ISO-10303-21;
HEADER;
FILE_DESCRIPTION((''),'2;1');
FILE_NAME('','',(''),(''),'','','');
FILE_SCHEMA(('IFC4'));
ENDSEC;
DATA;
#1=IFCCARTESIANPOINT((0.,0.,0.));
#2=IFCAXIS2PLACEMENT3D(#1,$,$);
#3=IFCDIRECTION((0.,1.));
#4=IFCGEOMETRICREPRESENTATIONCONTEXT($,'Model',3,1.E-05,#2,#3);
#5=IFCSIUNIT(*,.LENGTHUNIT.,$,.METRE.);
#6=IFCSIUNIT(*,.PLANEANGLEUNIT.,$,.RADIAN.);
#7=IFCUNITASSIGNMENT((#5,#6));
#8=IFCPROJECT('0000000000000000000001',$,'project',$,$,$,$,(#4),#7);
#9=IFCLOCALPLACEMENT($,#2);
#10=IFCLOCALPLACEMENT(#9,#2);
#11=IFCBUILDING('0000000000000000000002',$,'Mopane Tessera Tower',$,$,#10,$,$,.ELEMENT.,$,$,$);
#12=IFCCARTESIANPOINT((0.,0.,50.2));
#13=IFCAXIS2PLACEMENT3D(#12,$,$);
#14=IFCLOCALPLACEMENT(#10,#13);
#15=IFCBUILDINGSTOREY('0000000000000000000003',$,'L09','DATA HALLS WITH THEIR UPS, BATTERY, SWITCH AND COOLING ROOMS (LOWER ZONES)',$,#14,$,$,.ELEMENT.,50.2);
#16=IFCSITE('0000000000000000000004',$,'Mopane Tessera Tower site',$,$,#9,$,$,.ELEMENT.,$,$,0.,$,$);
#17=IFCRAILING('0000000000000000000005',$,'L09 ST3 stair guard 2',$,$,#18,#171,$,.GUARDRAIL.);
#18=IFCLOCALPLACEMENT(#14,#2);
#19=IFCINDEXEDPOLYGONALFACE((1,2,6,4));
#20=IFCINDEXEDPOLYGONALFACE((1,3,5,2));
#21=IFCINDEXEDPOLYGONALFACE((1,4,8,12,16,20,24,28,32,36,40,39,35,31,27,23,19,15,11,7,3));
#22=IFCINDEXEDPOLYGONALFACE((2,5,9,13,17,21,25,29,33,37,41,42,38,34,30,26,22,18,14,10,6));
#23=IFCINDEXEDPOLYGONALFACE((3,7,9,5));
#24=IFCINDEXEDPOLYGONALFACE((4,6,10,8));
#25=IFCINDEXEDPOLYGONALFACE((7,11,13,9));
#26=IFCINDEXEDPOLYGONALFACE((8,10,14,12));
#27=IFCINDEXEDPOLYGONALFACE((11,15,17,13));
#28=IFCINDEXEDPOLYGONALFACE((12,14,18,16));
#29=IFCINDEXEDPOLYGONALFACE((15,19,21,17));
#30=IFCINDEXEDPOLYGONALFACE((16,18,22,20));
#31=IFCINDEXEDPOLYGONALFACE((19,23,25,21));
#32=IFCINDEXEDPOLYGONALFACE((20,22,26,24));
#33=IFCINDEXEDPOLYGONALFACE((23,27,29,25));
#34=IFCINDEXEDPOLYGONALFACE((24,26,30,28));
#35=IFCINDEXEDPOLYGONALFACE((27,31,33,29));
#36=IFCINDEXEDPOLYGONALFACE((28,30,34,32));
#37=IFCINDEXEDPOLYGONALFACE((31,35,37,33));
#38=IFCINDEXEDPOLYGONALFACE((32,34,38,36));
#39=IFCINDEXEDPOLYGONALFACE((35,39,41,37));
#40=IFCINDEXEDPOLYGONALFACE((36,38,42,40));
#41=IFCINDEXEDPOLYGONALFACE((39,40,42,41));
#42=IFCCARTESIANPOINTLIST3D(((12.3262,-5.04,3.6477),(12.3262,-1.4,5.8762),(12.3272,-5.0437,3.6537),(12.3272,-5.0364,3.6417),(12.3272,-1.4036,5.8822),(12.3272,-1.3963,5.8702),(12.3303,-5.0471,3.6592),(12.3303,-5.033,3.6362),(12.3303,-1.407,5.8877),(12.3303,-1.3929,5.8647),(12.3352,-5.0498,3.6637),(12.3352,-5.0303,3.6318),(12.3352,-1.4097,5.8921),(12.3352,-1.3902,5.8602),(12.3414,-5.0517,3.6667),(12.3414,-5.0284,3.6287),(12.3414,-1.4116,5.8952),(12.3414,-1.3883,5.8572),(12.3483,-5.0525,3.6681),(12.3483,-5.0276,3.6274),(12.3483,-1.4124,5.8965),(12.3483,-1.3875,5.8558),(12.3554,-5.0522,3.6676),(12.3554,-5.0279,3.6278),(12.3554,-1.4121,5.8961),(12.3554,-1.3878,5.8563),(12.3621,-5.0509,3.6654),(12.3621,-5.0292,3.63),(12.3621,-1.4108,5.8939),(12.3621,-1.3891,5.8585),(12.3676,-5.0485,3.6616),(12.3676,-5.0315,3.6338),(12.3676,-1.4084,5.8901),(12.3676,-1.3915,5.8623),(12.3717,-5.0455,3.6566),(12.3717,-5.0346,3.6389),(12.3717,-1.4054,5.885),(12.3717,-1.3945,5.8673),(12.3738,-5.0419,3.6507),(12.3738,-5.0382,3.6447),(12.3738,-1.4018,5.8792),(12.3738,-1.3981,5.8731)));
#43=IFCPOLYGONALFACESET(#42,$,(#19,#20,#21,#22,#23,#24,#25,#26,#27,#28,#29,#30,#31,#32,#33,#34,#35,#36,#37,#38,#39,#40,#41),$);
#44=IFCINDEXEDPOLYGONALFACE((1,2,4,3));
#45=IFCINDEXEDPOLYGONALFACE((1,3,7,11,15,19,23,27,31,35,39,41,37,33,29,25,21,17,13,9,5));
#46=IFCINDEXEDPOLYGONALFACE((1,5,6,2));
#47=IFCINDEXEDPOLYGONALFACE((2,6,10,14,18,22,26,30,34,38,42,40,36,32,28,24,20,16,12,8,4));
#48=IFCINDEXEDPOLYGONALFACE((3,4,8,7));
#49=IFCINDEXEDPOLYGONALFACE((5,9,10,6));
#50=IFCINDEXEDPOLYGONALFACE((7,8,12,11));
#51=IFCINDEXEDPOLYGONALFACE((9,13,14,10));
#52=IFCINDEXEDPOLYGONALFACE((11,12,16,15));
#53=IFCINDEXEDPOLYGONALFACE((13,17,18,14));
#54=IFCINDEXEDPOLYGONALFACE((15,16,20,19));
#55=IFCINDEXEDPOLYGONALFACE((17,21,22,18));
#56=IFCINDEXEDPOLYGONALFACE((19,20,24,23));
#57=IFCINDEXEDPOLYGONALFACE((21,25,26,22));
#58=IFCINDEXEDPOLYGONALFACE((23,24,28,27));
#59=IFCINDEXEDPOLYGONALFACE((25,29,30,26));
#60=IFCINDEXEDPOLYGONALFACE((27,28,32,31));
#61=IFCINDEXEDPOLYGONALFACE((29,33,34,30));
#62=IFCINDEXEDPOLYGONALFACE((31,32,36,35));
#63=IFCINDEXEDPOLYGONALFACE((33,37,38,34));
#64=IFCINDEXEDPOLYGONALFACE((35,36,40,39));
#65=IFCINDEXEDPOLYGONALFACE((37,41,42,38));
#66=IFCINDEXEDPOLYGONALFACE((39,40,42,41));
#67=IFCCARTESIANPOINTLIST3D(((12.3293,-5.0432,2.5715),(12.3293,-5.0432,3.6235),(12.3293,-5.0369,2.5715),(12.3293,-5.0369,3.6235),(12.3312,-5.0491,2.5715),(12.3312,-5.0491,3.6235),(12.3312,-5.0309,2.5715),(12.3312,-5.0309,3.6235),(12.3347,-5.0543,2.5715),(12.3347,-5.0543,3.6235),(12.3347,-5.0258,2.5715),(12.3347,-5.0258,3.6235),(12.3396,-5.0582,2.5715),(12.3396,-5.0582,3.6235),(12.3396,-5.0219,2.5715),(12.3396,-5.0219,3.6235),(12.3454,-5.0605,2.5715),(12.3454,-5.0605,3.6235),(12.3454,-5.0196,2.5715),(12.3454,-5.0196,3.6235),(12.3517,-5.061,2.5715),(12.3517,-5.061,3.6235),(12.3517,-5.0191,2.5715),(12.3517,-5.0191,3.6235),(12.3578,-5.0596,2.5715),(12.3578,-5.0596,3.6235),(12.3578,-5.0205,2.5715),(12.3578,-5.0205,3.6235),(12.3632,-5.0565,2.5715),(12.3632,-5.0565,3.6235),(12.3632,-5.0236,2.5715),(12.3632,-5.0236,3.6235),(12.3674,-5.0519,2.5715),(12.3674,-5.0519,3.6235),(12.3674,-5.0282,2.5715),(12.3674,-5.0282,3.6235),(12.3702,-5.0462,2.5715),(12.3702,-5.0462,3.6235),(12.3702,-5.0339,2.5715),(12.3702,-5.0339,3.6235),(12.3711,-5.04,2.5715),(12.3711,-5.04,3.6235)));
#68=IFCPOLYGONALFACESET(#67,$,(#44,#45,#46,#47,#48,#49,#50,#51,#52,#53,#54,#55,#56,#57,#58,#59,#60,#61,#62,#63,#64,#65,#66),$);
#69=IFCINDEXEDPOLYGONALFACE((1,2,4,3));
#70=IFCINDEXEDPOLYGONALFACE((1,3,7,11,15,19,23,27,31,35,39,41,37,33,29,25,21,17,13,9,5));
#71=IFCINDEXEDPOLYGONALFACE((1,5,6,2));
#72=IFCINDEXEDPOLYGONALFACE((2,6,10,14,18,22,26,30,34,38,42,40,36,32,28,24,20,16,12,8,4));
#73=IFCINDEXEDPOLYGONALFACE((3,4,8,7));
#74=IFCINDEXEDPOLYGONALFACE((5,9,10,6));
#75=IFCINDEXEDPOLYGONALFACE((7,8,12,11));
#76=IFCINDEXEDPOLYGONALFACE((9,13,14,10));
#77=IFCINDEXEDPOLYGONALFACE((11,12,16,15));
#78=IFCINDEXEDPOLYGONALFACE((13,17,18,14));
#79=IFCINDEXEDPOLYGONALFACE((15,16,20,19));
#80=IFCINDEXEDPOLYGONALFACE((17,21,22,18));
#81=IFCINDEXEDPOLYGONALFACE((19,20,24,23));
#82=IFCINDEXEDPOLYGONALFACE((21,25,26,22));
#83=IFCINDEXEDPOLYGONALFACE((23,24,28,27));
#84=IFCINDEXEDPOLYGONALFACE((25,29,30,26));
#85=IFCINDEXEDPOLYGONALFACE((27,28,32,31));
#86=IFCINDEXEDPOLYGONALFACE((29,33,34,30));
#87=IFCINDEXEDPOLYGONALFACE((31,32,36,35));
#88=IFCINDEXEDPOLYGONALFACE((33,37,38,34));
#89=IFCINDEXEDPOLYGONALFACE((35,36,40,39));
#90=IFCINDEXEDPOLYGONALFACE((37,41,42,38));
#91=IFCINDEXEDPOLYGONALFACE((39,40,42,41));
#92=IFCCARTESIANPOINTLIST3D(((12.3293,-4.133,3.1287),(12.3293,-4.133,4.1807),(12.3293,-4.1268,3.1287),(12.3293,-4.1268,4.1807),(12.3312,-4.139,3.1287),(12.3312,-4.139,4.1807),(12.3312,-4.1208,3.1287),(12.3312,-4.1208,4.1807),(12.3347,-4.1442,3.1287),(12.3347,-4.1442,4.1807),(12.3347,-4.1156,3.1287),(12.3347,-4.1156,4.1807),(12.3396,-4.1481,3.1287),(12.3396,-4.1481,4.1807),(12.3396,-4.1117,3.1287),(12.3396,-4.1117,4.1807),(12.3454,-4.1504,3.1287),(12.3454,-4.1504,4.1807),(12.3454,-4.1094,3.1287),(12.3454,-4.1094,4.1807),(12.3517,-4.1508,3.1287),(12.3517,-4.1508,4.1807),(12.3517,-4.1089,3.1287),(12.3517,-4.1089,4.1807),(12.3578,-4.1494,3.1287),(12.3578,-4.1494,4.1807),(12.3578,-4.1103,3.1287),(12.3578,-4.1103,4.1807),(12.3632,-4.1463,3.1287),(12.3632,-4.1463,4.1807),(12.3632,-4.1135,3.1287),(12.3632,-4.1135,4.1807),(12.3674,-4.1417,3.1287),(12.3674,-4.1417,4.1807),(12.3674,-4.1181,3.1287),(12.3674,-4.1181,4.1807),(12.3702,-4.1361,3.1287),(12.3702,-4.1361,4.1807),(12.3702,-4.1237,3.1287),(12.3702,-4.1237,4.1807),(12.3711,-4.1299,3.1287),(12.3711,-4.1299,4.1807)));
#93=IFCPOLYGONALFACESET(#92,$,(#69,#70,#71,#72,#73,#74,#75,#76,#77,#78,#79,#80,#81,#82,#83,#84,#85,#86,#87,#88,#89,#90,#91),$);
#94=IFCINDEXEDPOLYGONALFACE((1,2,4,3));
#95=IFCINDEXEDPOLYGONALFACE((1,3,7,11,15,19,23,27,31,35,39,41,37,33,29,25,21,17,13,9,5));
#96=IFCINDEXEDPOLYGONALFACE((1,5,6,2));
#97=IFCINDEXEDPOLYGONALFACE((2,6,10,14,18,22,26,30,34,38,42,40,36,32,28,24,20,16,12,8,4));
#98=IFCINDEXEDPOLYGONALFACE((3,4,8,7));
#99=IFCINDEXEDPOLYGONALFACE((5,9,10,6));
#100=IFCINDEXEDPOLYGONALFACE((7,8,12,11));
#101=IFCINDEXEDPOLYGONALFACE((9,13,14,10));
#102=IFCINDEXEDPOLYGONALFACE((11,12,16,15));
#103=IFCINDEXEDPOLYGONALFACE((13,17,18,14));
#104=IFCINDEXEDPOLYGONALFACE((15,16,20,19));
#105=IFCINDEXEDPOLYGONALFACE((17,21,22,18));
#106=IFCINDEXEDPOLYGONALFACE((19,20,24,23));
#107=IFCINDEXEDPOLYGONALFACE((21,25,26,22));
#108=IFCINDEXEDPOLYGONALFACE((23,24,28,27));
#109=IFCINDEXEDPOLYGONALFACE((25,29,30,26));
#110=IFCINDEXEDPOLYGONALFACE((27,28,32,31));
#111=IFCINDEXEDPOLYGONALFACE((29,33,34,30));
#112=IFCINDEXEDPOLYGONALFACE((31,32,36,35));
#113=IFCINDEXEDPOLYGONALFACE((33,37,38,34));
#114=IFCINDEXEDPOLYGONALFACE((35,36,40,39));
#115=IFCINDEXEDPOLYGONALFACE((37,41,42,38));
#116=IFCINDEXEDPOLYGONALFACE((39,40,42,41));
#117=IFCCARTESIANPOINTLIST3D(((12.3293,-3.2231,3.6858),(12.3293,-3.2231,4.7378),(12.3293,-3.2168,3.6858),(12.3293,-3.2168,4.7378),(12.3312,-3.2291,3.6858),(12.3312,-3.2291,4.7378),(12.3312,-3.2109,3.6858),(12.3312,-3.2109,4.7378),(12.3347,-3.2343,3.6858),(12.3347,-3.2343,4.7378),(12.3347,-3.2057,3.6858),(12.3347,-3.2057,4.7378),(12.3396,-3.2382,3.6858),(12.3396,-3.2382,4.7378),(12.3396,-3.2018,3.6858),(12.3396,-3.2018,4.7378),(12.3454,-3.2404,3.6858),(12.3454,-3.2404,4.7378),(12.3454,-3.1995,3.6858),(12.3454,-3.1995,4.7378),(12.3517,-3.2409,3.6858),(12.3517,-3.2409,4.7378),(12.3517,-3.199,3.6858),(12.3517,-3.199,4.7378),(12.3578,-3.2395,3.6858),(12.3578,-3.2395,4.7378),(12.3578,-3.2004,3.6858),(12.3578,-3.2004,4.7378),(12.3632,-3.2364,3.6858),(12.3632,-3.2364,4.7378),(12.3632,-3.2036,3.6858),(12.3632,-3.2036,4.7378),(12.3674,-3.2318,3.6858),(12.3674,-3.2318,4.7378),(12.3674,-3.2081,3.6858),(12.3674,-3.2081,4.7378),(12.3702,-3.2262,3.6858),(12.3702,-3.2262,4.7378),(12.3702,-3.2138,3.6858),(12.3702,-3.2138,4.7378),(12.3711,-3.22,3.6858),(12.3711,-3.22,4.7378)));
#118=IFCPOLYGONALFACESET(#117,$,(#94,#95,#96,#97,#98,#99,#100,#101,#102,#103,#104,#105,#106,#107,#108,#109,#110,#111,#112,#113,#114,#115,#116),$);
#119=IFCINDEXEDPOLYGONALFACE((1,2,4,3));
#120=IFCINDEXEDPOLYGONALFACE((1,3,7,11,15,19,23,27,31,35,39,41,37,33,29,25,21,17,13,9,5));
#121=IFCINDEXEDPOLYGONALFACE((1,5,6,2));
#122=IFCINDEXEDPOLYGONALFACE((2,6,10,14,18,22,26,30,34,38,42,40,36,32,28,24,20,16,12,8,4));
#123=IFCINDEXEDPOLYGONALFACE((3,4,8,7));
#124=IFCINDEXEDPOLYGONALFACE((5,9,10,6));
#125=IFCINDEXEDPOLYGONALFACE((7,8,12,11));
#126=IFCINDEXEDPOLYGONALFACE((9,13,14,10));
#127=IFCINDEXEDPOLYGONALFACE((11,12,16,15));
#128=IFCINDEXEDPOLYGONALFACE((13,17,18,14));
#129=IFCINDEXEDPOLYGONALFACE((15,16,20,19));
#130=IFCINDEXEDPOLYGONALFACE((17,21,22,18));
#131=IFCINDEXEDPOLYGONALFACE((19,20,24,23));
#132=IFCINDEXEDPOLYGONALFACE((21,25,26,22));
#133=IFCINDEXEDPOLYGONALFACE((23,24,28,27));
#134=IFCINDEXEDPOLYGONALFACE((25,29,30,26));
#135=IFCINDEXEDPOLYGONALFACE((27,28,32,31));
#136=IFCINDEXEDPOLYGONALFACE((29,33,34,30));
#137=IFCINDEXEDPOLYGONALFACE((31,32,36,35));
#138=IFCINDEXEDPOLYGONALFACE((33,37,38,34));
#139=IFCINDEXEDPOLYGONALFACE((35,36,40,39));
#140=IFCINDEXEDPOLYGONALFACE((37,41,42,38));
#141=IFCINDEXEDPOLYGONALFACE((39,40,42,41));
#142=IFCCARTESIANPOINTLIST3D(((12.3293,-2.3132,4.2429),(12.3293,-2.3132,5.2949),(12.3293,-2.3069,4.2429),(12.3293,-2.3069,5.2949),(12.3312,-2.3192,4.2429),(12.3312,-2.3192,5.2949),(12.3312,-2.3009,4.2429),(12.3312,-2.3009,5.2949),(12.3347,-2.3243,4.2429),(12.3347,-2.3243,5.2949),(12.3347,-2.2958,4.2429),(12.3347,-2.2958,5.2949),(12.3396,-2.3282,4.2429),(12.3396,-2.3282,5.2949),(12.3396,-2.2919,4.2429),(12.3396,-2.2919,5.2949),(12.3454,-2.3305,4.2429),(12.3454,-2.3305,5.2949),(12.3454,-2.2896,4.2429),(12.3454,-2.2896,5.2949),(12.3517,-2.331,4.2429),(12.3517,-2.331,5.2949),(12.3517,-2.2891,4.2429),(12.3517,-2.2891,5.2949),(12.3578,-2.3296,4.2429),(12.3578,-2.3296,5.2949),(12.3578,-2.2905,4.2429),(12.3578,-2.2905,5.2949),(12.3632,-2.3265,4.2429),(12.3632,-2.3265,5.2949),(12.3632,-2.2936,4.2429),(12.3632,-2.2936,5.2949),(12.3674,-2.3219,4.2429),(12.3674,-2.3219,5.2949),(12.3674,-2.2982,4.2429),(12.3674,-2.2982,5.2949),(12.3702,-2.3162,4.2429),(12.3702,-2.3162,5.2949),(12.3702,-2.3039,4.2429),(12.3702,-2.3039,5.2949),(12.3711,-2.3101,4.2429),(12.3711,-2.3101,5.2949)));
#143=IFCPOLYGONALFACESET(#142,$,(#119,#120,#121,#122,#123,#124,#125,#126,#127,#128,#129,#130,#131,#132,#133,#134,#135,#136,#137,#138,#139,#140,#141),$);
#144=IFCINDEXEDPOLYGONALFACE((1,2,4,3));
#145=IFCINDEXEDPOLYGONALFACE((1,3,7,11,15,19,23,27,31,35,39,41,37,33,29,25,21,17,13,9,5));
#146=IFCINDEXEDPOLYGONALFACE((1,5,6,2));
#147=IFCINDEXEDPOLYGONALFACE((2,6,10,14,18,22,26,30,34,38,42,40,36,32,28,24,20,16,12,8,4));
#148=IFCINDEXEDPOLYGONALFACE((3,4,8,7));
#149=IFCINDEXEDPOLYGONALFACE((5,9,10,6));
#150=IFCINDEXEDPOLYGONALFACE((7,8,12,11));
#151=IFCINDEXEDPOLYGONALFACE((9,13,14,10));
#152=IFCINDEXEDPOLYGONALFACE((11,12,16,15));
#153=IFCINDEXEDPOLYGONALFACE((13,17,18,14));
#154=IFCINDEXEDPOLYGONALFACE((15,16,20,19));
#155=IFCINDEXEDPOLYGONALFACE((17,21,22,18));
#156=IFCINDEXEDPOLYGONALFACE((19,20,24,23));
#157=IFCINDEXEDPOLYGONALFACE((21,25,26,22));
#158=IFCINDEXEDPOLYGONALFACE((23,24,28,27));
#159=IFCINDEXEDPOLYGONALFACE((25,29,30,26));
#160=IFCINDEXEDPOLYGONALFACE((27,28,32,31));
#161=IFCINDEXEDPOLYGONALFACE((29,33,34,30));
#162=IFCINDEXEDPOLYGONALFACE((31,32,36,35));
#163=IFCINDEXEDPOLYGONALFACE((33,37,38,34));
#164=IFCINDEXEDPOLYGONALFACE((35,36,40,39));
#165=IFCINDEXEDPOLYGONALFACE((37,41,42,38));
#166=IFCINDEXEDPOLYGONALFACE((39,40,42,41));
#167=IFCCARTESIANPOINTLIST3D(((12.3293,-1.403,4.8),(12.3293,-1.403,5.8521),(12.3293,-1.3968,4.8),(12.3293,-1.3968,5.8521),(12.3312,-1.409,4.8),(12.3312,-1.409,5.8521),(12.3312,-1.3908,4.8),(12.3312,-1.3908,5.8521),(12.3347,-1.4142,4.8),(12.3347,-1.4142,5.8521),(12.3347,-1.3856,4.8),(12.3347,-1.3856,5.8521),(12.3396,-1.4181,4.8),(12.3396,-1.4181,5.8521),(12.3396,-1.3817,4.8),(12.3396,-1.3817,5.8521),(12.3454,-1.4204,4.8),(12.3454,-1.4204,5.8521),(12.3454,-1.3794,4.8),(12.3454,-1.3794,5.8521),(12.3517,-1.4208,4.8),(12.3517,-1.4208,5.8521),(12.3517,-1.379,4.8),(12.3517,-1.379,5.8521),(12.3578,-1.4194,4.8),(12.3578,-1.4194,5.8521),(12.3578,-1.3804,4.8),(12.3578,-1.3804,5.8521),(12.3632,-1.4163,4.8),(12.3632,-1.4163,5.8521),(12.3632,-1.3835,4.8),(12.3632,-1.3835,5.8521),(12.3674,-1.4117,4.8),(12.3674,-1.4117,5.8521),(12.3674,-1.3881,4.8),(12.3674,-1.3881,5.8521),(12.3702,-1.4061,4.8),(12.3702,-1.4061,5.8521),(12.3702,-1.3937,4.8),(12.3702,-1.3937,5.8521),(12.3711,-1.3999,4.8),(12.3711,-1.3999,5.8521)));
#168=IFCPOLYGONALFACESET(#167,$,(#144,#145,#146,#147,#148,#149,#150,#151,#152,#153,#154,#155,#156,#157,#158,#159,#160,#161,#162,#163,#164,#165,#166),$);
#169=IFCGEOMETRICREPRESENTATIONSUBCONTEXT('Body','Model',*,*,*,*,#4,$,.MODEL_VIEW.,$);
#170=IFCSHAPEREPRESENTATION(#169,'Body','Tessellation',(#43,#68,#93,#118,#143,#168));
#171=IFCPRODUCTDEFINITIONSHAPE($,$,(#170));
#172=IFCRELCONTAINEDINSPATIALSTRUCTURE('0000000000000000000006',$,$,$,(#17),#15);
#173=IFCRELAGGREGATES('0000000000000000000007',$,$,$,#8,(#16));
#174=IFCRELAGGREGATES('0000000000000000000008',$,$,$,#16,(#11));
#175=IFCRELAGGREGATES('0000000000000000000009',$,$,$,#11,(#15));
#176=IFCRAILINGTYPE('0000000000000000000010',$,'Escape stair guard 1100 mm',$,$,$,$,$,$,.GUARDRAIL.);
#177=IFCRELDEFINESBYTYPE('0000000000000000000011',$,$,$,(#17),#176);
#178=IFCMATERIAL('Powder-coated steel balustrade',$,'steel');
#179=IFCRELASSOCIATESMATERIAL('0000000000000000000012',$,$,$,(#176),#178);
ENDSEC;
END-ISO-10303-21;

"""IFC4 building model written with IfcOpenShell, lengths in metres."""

from ifc_helpers import new_model, si_unit, direction, frame, origin, origin_2d, place, context, subcontext, project, spatial, circle, extrude, material, type_object, element, save


model = new_model("IFC4")

# Units and contexts
model_context = context("Model", 3, precision=1e-05, world=origin(), true_north=direction((0.0, 1.0)))
body_context = subcontext(model_context, "Body", "Model", "MODEL_VIEW")
ifc_project = project(units=[si_unit("LENGTHUNIT", "METRE"), si_unit("PLANEANGLEUNIT", "RADIAN")], contexts=[model_context])

# Site, building, storey
site_placement = place(None, origin())
site = spatial("IfcSite", under=ifc_project, at=site_placement, Name="Mopane Tessera Tower site", CompositionType="ELEMENT", RefElevation=0.0)
building_placement = place(site_placement, origin())
building = spatial("IfcBuilding", under=site, at=building_placement, Name="Mopane Tessera Tower", CompositionType="ELEMENT")
storey_placement = place(building_placement, frame((0.0, 0.0, 50.2)))
storey = spatial("IfcBuildingStorey", under=building, at=storey_placement, Name="L09", Description="DATA HALLS WITH THEIR UPS, BATTERY, SWITCH AND COOLING ROOMS (LOWER ZONES)", CompositionType="ELEMENT", Elevation=50.2)

# Railing
ifc_material_1 = material(Name="Powder-coated steel balustrade", Category="steel")
railing_type_1 = type_object("IfcRailingType", Name="Escape stair guard 1100 mm", PredefinedType="GUARDRAIL", material=ifc_material_1)
railing_1_placement = place(storey_placement, frame((12.3501, -5.04, 2.5715)))
element("IfcRailing", 1, at=railing_1_placement, inside=storey, type_object=railing_type_1, Name="L09 ST3 stair guard 2", PredefinedType="GUARDRAIL", context=body_context, shape_type="SweptSolid", body=[
    extrude(circle(Radius=0.0239, at=origin_2d()), frame((0.0, 0.0, 1.0762), z_axis=(0.0, 0.852866, 0.52213), x_axis=(-1.0, 0.0, 0.0)), (0.0, 0.0, 1.0), 4.2681),
    extrude(circle(Radius=0.021, at=origin_2d()), origin(), (0.0, 0.0, 1.0), 1.052),
    extrude(circle(Radius=0.021, at=origin_2d()), frame((0.0, 0.9102, 0.5571)), (0.0, 0.0, 1.0), 1.052),
    extrude(circle(Radius=0.021, at=origin_2d()), frame((0.0, 1.8201, 1.1143)), (0.0, 0.0, 1.0), 1.052),
    extrude(circle(Radius=0.021, at=origin_2d()), frame((0.0, 2.73, 1.6714)), (0.0, 0.0, 1.0), 1.052),
    extrude(circle(Radius=0.021, at=origin_2d()), frame((0.0, 3.6401, 2.2285)), (0.0, 0.0, 1.0), 1.052),
])

save(model, "model.ifc")
